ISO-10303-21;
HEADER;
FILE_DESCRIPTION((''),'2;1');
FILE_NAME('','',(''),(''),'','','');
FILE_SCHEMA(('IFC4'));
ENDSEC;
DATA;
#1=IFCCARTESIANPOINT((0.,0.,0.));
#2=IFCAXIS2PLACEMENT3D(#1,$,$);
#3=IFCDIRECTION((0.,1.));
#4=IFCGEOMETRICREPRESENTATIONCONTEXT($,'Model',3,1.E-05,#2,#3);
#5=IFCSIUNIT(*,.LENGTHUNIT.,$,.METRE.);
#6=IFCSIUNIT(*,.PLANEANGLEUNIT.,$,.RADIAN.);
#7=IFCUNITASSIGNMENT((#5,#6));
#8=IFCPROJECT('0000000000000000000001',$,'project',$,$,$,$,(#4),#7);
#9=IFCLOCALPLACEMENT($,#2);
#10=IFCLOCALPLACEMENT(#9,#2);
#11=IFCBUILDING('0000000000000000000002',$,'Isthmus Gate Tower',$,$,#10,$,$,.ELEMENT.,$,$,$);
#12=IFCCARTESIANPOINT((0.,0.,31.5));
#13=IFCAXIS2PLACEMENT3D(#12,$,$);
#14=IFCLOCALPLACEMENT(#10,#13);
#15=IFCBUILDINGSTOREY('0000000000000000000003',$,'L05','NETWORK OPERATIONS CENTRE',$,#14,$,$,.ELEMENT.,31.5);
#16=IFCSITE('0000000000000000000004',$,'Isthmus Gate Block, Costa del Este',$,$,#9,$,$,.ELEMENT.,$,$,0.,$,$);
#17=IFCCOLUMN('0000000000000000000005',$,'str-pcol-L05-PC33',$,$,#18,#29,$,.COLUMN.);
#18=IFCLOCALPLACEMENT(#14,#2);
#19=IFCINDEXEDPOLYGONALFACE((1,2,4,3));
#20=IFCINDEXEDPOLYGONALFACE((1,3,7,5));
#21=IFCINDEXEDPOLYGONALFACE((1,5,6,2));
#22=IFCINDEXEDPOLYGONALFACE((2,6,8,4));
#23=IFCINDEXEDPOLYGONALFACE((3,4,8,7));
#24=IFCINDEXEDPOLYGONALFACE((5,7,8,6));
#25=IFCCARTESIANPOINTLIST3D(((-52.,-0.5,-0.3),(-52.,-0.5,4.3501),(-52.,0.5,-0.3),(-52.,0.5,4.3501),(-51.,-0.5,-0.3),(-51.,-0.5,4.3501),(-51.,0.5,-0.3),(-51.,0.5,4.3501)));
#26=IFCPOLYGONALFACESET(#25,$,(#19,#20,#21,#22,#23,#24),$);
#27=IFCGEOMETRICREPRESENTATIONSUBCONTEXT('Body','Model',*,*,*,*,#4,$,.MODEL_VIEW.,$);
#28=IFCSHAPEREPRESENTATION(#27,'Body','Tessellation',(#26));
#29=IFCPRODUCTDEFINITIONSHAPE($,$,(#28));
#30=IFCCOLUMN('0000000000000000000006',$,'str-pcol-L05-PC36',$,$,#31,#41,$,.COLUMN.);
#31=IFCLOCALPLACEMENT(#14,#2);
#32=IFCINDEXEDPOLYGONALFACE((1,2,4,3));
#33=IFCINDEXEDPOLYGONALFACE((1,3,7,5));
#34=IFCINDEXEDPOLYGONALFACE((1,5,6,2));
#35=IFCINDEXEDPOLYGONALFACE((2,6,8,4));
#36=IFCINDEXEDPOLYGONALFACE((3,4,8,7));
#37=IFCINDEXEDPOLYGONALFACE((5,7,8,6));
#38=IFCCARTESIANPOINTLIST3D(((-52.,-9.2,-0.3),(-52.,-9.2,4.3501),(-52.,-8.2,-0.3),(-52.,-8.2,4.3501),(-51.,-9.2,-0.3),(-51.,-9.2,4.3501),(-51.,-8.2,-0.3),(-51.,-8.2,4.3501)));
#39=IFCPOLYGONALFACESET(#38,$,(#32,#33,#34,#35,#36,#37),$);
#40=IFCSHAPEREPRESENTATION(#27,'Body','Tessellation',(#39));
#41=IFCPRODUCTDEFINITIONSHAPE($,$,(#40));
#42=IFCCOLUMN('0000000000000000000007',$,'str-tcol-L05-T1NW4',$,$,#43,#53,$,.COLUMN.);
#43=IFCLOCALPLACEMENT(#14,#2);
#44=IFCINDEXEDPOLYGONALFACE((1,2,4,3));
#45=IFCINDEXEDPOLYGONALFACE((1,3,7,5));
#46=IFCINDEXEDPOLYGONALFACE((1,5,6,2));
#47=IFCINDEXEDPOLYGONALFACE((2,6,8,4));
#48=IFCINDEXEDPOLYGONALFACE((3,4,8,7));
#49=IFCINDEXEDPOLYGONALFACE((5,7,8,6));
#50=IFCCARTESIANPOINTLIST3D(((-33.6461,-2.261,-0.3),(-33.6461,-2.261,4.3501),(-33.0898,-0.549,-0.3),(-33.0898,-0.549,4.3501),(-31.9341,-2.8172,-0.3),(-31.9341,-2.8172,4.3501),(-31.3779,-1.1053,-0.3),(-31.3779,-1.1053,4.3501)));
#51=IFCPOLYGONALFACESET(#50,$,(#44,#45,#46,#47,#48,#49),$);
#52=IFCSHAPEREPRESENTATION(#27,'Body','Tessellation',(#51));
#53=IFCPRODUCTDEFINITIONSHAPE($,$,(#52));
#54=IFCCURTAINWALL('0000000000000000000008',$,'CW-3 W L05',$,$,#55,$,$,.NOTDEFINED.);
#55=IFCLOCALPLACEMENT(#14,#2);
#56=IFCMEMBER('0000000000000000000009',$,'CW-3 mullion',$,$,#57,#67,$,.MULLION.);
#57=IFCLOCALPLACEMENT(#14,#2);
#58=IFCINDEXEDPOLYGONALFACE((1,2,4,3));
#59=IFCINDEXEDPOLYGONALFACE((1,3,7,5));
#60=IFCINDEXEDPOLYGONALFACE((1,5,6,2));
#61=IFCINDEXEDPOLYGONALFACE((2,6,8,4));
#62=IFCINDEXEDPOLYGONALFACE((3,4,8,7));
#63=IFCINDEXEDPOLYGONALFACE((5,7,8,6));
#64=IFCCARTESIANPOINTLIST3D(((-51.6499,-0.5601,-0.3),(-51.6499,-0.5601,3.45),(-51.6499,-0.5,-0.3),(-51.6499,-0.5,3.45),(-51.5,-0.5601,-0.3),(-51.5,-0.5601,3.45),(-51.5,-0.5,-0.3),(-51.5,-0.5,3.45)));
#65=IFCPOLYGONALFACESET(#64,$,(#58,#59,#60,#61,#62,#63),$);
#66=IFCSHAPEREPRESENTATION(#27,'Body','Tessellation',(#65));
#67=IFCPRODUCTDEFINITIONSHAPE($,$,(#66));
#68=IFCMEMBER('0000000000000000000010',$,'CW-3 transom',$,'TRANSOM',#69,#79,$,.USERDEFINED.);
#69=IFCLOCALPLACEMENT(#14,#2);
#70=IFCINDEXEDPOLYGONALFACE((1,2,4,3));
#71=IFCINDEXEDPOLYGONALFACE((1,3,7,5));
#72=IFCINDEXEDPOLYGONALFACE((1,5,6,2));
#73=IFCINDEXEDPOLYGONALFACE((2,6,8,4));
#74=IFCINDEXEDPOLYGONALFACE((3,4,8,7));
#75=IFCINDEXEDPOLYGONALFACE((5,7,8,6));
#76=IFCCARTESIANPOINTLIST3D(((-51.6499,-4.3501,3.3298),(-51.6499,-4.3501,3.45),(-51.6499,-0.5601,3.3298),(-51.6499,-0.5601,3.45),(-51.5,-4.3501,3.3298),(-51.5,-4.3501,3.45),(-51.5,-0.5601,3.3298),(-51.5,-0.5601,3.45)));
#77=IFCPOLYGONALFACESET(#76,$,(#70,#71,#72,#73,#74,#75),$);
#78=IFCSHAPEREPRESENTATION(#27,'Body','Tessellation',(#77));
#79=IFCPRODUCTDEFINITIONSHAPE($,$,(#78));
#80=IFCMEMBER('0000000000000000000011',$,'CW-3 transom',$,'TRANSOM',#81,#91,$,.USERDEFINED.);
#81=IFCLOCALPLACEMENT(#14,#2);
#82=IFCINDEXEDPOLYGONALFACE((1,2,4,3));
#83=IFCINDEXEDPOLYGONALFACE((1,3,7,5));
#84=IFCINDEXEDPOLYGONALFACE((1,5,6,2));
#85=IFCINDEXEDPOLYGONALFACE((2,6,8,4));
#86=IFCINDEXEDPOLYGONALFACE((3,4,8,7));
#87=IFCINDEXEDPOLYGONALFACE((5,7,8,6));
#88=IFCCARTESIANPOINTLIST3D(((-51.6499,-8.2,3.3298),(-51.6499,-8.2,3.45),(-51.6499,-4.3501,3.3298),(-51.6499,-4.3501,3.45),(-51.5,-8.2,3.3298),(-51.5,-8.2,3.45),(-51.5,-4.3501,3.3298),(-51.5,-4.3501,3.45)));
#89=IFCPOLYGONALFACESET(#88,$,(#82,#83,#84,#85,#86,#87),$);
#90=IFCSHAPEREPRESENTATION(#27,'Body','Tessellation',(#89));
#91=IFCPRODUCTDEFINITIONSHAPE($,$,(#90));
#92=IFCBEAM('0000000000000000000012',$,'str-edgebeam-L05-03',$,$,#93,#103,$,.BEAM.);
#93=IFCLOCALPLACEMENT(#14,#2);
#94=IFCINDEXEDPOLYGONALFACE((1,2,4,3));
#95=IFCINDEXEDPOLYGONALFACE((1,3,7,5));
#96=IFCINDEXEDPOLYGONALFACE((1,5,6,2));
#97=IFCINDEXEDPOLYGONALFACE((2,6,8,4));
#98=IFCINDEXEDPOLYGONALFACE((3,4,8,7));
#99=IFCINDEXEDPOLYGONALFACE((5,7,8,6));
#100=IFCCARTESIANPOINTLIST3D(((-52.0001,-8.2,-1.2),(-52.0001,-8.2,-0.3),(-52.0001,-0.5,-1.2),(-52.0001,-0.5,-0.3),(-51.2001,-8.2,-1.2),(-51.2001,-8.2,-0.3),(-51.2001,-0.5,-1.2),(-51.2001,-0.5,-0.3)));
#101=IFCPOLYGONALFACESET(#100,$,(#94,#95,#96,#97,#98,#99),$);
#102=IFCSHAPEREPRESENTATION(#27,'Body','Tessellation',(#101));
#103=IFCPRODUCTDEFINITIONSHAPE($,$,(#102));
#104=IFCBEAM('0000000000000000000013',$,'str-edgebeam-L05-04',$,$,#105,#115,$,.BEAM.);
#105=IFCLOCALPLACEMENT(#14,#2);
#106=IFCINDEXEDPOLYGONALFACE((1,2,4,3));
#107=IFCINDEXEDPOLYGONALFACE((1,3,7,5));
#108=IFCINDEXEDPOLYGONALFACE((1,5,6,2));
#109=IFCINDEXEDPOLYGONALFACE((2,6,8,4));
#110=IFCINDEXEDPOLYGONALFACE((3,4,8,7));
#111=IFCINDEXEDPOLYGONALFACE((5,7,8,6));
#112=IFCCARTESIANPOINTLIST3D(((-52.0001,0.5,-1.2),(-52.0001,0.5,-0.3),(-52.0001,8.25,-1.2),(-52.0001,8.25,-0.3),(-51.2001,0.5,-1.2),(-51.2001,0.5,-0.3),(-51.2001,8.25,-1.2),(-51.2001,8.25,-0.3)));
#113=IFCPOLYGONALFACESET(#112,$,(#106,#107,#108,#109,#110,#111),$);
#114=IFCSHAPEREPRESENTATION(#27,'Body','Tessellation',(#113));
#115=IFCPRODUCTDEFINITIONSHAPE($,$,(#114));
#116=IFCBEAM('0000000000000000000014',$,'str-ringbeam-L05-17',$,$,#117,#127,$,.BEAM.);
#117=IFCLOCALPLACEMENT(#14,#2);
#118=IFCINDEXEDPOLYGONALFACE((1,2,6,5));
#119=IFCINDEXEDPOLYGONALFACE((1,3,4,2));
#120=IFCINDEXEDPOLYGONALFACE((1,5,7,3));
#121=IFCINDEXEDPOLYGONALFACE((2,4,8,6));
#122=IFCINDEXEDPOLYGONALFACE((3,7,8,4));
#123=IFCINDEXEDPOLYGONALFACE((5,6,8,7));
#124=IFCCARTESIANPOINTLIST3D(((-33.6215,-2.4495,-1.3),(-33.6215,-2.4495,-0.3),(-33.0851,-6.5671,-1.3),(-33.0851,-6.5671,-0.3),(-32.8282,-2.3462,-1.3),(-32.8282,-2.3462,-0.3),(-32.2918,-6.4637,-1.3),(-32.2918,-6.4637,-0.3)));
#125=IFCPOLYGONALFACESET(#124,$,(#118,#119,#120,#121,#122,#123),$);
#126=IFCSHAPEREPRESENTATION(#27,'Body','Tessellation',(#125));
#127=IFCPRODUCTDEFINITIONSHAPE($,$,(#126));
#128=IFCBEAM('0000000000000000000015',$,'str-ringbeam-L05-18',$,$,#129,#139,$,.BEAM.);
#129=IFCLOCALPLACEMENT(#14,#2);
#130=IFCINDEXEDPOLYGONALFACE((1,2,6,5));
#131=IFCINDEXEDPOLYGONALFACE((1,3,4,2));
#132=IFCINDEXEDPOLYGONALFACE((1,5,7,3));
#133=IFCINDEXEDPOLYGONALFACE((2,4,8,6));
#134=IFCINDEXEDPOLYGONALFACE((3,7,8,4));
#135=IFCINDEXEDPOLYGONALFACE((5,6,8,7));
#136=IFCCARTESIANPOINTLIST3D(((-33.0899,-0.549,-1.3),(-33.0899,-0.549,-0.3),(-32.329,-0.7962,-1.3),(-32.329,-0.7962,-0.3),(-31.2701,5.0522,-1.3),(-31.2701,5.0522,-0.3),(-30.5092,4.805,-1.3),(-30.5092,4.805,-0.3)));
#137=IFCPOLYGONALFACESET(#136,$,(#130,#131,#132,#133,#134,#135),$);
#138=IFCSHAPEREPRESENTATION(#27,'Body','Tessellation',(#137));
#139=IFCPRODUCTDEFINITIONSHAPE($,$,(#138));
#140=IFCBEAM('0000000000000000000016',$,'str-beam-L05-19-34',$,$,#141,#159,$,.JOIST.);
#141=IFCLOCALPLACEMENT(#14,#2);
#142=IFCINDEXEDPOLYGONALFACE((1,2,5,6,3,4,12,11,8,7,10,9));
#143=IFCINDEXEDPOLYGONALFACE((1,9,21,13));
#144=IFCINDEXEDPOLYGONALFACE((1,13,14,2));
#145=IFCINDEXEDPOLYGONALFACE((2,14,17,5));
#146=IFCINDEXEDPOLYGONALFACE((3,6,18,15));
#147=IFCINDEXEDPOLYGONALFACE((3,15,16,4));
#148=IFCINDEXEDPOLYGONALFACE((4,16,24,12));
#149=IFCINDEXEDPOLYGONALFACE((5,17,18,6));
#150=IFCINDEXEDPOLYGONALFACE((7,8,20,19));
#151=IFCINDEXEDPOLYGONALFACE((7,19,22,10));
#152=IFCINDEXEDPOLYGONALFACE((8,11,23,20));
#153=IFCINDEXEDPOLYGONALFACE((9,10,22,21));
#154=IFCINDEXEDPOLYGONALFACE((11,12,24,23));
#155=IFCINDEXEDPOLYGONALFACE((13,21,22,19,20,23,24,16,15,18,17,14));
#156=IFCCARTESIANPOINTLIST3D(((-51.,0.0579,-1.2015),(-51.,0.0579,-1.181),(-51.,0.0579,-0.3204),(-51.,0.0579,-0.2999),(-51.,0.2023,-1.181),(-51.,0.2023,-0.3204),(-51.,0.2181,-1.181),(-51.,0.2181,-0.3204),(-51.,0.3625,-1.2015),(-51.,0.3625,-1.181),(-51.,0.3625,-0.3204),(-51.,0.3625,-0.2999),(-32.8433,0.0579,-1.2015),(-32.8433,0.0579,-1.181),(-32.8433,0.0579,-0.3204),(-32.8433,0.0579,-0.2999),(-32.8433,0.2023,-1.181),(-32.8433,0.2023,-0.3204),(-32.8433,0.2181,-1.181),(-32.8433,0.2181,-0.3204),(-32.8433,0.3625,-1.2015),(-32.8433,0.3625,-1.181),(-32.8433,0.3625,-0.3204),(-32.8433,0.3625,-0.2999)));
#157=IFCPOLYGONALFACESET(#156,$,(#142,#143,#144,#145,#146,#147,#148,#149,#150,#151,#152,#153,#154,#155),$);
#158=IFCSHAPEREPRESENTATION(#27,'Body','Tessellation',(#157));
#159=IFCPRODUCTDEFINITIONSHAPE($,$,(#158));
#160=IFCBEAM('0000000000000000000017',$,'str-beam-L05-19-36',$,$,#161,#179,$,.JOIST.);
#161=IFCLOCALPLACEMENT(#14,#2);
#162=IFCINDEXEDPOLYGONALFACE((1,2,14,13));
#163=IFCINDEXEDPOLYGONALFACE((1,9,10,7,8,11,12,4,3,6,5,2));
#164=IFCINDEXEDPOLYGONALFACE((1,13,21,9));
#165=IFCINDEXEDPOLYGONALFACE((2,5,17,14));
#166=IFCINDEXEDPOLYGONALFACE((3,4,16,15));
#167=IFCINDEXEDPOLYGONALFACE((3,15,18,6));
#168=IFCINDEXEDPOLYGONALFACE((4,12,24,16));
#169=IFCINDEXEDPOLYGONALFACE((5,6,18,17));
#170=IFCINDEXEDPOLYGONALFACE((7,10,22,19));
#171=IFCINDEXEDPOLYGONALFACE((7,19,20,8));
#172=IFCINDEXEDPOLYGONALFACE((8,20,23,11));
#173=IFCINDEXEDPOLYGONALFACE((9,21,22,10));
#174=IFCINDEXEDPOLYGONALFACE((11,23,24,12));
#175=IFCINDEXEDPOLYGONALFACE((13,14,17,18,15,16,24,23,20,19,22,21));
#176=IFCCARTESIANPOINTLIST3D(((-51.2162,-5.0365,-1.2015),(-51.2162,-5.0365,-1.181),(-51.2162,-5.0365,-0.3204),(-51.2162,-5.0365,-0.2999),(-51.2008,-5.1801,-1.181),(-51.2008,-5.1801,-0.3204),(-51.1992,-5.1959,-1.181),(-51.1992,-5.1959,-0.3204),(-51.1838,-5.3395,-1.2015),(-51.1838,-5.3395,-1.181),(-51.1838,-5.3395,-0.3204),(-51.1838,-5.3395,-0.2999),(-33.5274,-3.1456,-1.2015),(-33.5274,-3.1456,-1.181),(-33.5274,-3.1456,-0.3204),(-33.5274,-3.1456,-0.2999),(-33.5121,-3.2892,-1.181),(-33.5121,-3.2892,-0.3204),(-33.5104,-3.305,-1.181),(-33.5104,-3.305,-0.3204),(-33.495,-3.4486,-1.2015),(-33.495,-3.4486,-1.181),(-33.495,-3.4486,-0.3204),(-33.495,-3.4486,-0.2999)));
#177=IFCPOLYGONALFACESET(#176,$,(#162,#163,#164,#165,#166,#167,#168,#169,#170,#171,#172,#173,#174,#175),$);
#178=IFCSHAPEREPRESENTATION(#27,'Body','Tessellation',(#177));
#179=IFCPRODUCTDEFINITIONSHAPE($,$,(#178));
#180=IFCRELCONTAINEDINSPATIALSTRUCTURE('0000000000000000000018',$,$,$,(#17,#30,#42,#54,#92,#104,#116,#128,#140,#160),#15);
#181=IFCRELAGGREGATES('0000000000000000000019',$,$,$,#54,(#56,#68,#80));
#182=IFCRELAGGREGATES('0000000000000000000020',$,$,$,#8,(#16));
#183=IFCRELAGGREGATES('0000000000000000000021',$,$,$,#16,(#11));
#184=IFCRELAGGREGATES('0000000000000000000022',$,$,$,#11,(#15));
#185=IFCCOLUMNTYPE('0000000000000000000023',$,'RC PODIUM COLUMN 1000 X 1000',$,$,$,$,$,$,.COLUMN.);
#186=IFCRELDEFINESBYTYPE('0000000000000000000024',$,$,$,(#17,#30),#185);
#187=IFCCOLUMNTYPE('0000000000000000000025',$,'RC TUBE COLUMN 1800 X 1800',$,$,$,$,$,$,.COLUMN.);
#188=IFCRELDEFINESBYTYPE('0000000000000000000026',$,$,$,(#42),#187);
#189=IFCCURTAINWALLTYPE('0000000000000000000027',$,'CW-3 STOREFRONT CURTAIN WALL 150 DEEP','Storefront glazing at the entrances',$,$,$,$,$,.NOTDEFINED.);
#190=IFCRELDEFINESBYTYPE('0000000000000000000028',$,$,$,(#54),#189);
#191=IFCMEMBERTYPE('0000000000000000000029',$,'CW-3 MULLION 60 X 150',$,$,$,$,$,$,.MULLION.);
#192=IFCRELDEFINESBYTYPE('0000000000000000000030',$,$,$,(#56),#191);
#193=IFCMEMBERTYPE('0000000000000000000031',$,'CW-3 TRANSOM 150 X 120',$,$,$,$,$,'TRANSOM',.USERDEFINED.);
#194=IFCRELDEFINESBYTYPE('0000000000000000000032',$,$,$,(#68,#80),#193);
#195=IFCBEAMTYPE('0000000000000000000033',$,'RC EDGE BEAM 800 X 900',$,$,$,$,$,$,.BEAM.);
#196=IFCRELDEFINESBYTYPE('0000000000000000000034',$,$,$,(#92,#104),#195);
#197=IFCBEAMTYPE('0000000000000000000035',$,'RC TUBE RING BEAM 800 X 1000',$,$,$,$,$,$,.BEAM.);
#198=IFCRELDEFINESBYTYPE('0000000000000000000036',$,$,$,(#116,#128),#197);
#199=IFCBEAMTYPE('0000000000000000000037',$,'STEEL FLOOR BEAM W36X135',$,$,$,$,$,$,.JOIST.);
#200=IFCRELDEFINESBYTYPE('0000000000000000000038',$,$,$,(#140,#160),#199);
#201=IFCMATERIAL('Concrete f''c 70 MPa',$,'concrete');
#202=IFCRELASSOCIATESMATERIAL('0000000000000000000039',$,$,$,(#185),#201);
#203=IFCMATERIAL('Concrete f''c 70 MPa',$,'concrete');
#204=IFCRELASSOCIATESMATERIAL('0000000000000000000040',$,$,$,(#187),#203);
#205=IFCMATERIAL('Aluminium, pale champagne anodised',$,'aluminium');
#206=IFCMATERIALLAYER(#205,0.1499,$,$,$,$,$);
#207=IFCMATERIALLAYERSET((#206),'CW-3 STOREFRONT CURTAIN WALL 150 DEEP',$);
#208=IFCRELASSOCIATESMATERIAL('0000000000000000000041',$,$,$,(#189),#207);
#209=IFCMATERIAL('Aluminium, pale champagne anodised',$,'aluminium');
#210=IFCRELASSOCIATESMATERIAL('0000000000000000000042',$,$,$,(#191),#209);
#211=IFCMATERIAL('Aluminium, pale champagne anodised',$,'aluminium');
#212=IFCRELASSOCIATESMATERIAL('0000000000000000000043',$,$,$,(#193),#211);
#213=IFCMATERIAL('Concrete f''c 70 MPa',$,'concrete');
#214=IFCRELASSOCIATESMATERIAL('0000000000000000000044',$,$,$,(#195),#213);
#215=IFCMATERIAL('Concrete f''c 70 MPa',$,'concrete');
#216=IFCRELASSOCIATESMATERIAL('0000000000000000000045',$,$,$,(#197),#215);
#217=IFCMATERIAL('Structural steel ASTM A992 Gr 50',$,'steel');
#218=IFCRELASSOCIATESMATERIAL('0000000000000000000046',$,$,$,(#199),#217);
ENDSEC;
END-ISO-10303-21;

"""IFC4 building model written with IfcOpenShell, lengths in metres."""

from ifc_helpers import new_model, si_unit, direction, frame, origin, origin_2d, place, context, subcontext, project, spatial, rectangle, i_section, extrude, material, layer, layer_set, material_profile, profile_set, type_object, element, aggregate, save


model = new_model("IFC4")

# Units and contexts
model_context = context("Model", 3, precision=1e-05, world=origin(), true_north=direction((0.0, 1.0)))
body_context = subcontext(model_context, "Body", "Model", "MODEL_VIEW")
ifc_project = project(units=[si_unit("LENGTHUNIT", "METRE"), si_unit("PLANEANGLEUNIT", "RADIAN")], contexts=[model_context])

# Site, building, storey
site_placement = place(None, origin())
site = spatial("IfcSite", under=ifc_project, at=site_placement, Name="Isthmus Gate Block, Costa del Este", CompositionType="ELEMENT", RefElevation=0.0)
building_placement = place(site_placement, origin())
building = spatial("IfcBuilding", under=site, at=building_placement, Name="Isthmus Gate Tower", CompositionType="ELEMENT")
storey_placement = place(building_placement, frame((0.0, 0.0, 31.5)))
storey = spatial("IfcBuildingStorey", under=building, at=storey_placement, Name="L05", Description="NETWORK OPERATIONS CENTRE", CompositionType="ELEMENT", Elevation=31.5)

# Columns
ifc_material_1 = material(Name="Concrete f'c 70 MPa", Category="concrete")
ifc_material_profile_1 = material_profile(ifc_material_1, rectangle(XDim=1.0, YDim=1.0, at=origin_2d()), Name="RC 1000X1000")
ifc_profile_set_1 = profile_set([ifc_material_profile_1], Name="Concrete f'c 70 MPa")
column_type_1 = type_object("IfcColumnType", Name="RC PODIUM COLUMN 1000 X 1000", PredefinedType="COLUMN", material=ifc_profile_set_1)
for number, where, z_axis, x_axis, name in (
    (1, (-51.5, 0.0, -0.3), (0.0, 0.0, 1.0), (0.0, -1.0, 0.0), "str-pcol-L05-PC33"),
    (2, (-51.5, -8.7, -0.3), (0.0, 0.0, 1.0), (0.0, 1.0, 0.0), "str-pcol-L05-PC36"),
):
    element("IfcColumn", number, at=place(storey_placement, frame(where, z_axis=z_axis, x_axis=x_axis)), inside=storey, type_object=column_type_1, Name=name, PredefinedType="COLUMN", context=body_context, shape_type="SweptSolid", body=[
        extrude(rectangle(XDim=1.0, YDim=1.0, at=origin_2d()), origin(), (0.0, 0.0, 1.0), 4.6501),
    ])
ifc_material_2 = material(Name="Concrete f'c 70 MPa", Category="concrete")
ifc_material_profile_2 = material_profile(ifc_material_2, rectangle(XDim=1.8, YDim=1.8, at=origin_2d()), Name="RC 1800X1800")
ifc_profile_set_2 = profile_set([ifc_material_profile_2], Name="Concrete f'c 70 MPa")
column_type_2 = type_object("IfcColumnType", Name="RC TUBE COLUMN 1800 X 1800", PredefinedType="COLUMN", material=ifc_profile_set_2)
column_placement = place(storey_placement, frame((-32.512, -1.6831, -0.3), z_axis=(0.0, 0.0, 1.0), x_axis=(-0.309017, -0.951057, 0.0)))
element("IfcColumn", 3, at=column_placement, inside=storey, type_object=column_type_2, Name="str-tcol-L05-T1NW4", PredefinedType="COLUMN", context=body_context, shape_type="SweptSolid", body=[
    extrude(rectangle(XDim=1.8, YDim=1.8, at=origin_2d()), origin(), (0.0, 0.0, 1.0), 4.6501),
])

# Curtain wall, members
ifc_material_3 = material(Name="Aluminium, pale champagne anodised", Category="aluminium")
ifc_layer_1 = layer(ifc_material_3, 0.1499)
ifc_layer_set_1 = layer_set([ifc_layer_1], Name="CW-3 STOREFRONT CURTAIN WALL 150 DEEP")
curtain_wall_type = type_object("IfcCurtainWallType", Name="CW-3 STOREFRONT CURTAIN WALL 150 DEEP", Description="Storefront glazing at the entrances", PredefinedType="NOTDEFINED", material=ifc_layer_set_1)
curtain_wall_placement = place(storey_placement, origin())
curtain_wall = element("IfcCurtainWall", 4, at=curtain_wall_placement, inside=storey, type_object=curtain_wall_type, Name="CW-3 W L05", PredefinedType="NOTDEFINED")
ifc_material_4 = material(Name="Aluminium, pale champagne anodised", Category="aluminium")
ifc_material_profile_3 = material_profile(ifc_material_4, rectangle(XDim=0.0601, YDim=0.1499, at=origin_2d()), Name="60x150")
ifc_profile_set_3 = profile_set([ifc_material_profile_3], Name="Aluminium, pale champagne anodised")
member_type_1 = type_object("IfcMemberType", Name="CW-3 MULLION 60 X 150", PredefinedType="MULLION", material=ifc_profile_set_3)
member_1_placement = place(storey_placement, frame((-51.575, -0.53, -0.3), z_axis=(0.0, 0.0, 1.0), x_axis=(0.0, -1.0, 0.0)))
member_1 = element("IfcMember", 5, at=member_1_placement, type_object=member_type_1, Name="CW-3 mullion", PredefinedType="MULLION", context=body_context, shape_type="SweptSolid", body=[
    extrude(rectangle(XDim=0.0601, YDim=0.1499, at=origin_2d()), origin(), (0.0, 0.0, 1.0), 3.75),
])
ifc_material_5 = material(Name="Aluminium, pale champagne anodised", Category="aluminium")
ifc_material_profile_4 = material_profile(ifc_material_5, rectangle(XDim=0.1499, YDim=0.1201, at=origin_2d()), Name="150x120")
ifc_profile_set_4 = profile_set([ifc_material_profile_4], Name="Aluminium, pale champagne anodised")
member_type_2 = type_object("IfcMemberType", Name="CW-3 TRANSOM 150 X 120", ElementType="TRANSOM", PredefinedType="USERDEFINED", material=ifc_profile_set_4)
member_2_placement = place(storey_placement, frame((-51.575, -0.5601, 3.3899), z_axis=(0.0, -1.0, 0.0), x_axis=(1.0, 0.0, 0.0)))
member_2 = element("IfcMember", 6, at=member_2_placement, type_object=member_type_2, Name="CW-3 transom", ObjectType="TRANSOM", PredefinedType="USERDEFINED", context=body_context, shape_type="SweptSolid", body=[
    extrude(rectangle(XDim=0.1499, YDim=0.1201, at=origin_2d()), origin(), (0.0, 0.0, 1.0), 3.79),
])
member_3_placement = place(storey_placement, frame((-51.575, -4.3501, 3.3899), z_axis=(0.0, -1.0, 0.0), x_axis=(1.0, 0.0, 0.0)))
member_3 = element("IfcMember", 7, at=member_3_placement, type_object=member_type_2, Name="CW-3 transom", ObjectType="TRANSOM", PredefinedType="USERDEFINED", context=body_context, shape_type="SweptSolid", body=[
    extrude(rectangle(XDim=0.1499, YDim=0.1201, at=origin_2d()), origin(), (0.0, 0.0, 1.0), 3.8499),
])

# Beams
ifc_material_6 = material(Name="Concrete f'c 70 MPa", Category="concrete")
ifc_material_profile_5 = material_profile(ifc_material_6, rectangle(XDim=0.8, YDim=0.8999, at=origin_2d()), Name="RC 800X900")
ifc_profile_set_5 = profile_set([ifc_material_profile_5], Name="Concrete f'c 70 MPa")
beam_type_1 = type_object("IfcBeamType", Name="RC EDGE BEAM 800 X 900", PredefinedType="BEAM", material=ifc_profile_set_5)
beam_1_placement = place(storey_placement, frame((-51.6001, -8.2, -0.75), z_axis=(0.0, 1.0, 0.0), x_axis=(-1.0, 0.0, 0.0)))
element("IfcBeam", 8, at=beam_1_placement, inside=storey, type_object=beam_type_1, Name="str-edgebeam-L05-03", PredefinedType="BEAM", context=body_context, shape_type="SweptSolid", body=[
    extrude(rectangle(XDim=0.8, YDim=0.8999, at=origin_2d()), origin(), (0.0, 0.0, 1.0), 7.7),
])
beam_2_placement = place(storey_placement, frame((-51.6001, 0.5, -0.75), z_axis=(0.0, 1.0, 0.0), x_axis=(-1.0, 0.0, 0.0)))
element("IfcBeam", 9, at=beam_2_placement, inside=storey, type_object=beam_type_1, Name="str-edgebeam-L05-04", PredefinedType="BEAM", context=body_context, shape_type="SweptSolid", body=[
    extrude(rectangle(XDim=0.8, YDim=0.8999, at=origin_2d()), origin(), (0.0, 0.0, 1.0), 7.75),
])
ifc_material_7 = material(Name="Concrete f'c 70 MPa", Category="concrete")
ifc_material_profile_6 = material_profile(ifc_material_7, rectangle(XDim=0.8, YDim=1.0, at=origin_2d()), Name="RC 800X1000")
ifc_profile_set_6 = profile_set([ifc_material_profile_6], Name="Concrete f'c 70 MPa")
beam_type_2 = type_object("IfcBeamType", Name="RC TUBE RING BEAM 800 X 1000", PredefinedType="BEAM", material=ifc_profile_set_6)
beam_3_placement = place(storey_placement, frame((-32.6885, -6.5154, -0.8), z_axis=(-0.129171, 0.991622, 0.0), x_axis=(-0.991622, -0.129171, 0.0)))
element("IfcBeam", 10, at=beam_3_placement, inside=storey, type_object=beam_type_2, Name="str-ringbeam-L05-17", PredefinedType="BEAM", context=body_context, shape_type="SweptSolid", body=[
    extrude(rectangle(XDim=0.8, YDim=1.0, at=origin_2d()), origin(), (0.0, 0.0, 1.0), 4.1523),
])
beam_4_placement = place(storey_placement, frame((-32.7095, -0.6726, -0.8), z_axis=(0.309005, 0.95106, 0.0), x_axis=(-0.95106, 0.309005, 0.0)))
element("IfcBeam", 11, at=beam_4_placement, inside=storey, type_object=beam_type_2, Name="str-ringbeam-L05-18", PredefinedType="BEAM", context=body_context, shape_type="SweptSolid", body=[
    extrude(rectangle(XDim=0.8, YDim=1.0, at=origin_2d()), origin(), (0.0, 0.0, 1.0), 5.8894),
])
ifc_material_8 = material(Name="Structural steel ASTM A992 Gr 50", Category="steel")
ifc_material_profile_7 = material_profile(ifc_material_8, i_section(OverallWidth=0.3047, OverallDepth=0.9016, WebThickness=0.0159, FlangeThickness=0.0205, at=origin_2d()), Name="W36X135")
ifc_profile_set_7 = profile_set([ifc_material_profile_7], Name="Structural steel ASTM A992 Gr 50")
beam_type_3 = type_object("IfcBeamType", Name="STEEL FLOOR BEAM W36X135", PredefinedType="JOIST", material=ifc_profile_set_7)
beam_5_placement = place(storey_placement, frame((-32.8433, 0.2102, -0.7507), z_axis=(-1.0, 0.0, 0.0), x_axis=(0.0, -1.0, 0.0)))
element("IfcBeam", 12, at=beam_5_placement, inside=storey, type_object=beam_type_3, Name="str-beam-L05-19-34", PredefinedType="JOIST", context=body_context, shape_type="SweptSolid", body=[
    extrude(i_section(OverallWidth=0.3047, OverallDepth=0.9016, WebThickness=0.0159, FlangeThickness=0.0205, at=origin_2d()), origin(), (0.0, 0.0, 1.0), 18.1567),
])
beam_6_placement = place(storey_placement, frame((-33.5112, -3.2971, -0.7507), z_axis=(-0.994335, -0.106291, 0.0), x_axis=(0.106291, -0.994335, 0.0)))
element("IfcBeam", 13, at=beam_6_placement, inside=storey, type_object=beam_type_3, Name="str-beam-L05-19-36", PredefinedType="JOIST", context=body_context, shape_type="SweptSolid", body=[
    extrude(i_section(OverallWidth=0.3047, OverallDepth=0.9016, WebThickness=0.0159, FlangeThickness=0.0205, at=origin_2d()), origin(), (0.0, 0.0, 1.0), 17.7896),
])

aggregate(curtain_wall, [member_1, member_2, member_3])

save(model, "model.ifc")
